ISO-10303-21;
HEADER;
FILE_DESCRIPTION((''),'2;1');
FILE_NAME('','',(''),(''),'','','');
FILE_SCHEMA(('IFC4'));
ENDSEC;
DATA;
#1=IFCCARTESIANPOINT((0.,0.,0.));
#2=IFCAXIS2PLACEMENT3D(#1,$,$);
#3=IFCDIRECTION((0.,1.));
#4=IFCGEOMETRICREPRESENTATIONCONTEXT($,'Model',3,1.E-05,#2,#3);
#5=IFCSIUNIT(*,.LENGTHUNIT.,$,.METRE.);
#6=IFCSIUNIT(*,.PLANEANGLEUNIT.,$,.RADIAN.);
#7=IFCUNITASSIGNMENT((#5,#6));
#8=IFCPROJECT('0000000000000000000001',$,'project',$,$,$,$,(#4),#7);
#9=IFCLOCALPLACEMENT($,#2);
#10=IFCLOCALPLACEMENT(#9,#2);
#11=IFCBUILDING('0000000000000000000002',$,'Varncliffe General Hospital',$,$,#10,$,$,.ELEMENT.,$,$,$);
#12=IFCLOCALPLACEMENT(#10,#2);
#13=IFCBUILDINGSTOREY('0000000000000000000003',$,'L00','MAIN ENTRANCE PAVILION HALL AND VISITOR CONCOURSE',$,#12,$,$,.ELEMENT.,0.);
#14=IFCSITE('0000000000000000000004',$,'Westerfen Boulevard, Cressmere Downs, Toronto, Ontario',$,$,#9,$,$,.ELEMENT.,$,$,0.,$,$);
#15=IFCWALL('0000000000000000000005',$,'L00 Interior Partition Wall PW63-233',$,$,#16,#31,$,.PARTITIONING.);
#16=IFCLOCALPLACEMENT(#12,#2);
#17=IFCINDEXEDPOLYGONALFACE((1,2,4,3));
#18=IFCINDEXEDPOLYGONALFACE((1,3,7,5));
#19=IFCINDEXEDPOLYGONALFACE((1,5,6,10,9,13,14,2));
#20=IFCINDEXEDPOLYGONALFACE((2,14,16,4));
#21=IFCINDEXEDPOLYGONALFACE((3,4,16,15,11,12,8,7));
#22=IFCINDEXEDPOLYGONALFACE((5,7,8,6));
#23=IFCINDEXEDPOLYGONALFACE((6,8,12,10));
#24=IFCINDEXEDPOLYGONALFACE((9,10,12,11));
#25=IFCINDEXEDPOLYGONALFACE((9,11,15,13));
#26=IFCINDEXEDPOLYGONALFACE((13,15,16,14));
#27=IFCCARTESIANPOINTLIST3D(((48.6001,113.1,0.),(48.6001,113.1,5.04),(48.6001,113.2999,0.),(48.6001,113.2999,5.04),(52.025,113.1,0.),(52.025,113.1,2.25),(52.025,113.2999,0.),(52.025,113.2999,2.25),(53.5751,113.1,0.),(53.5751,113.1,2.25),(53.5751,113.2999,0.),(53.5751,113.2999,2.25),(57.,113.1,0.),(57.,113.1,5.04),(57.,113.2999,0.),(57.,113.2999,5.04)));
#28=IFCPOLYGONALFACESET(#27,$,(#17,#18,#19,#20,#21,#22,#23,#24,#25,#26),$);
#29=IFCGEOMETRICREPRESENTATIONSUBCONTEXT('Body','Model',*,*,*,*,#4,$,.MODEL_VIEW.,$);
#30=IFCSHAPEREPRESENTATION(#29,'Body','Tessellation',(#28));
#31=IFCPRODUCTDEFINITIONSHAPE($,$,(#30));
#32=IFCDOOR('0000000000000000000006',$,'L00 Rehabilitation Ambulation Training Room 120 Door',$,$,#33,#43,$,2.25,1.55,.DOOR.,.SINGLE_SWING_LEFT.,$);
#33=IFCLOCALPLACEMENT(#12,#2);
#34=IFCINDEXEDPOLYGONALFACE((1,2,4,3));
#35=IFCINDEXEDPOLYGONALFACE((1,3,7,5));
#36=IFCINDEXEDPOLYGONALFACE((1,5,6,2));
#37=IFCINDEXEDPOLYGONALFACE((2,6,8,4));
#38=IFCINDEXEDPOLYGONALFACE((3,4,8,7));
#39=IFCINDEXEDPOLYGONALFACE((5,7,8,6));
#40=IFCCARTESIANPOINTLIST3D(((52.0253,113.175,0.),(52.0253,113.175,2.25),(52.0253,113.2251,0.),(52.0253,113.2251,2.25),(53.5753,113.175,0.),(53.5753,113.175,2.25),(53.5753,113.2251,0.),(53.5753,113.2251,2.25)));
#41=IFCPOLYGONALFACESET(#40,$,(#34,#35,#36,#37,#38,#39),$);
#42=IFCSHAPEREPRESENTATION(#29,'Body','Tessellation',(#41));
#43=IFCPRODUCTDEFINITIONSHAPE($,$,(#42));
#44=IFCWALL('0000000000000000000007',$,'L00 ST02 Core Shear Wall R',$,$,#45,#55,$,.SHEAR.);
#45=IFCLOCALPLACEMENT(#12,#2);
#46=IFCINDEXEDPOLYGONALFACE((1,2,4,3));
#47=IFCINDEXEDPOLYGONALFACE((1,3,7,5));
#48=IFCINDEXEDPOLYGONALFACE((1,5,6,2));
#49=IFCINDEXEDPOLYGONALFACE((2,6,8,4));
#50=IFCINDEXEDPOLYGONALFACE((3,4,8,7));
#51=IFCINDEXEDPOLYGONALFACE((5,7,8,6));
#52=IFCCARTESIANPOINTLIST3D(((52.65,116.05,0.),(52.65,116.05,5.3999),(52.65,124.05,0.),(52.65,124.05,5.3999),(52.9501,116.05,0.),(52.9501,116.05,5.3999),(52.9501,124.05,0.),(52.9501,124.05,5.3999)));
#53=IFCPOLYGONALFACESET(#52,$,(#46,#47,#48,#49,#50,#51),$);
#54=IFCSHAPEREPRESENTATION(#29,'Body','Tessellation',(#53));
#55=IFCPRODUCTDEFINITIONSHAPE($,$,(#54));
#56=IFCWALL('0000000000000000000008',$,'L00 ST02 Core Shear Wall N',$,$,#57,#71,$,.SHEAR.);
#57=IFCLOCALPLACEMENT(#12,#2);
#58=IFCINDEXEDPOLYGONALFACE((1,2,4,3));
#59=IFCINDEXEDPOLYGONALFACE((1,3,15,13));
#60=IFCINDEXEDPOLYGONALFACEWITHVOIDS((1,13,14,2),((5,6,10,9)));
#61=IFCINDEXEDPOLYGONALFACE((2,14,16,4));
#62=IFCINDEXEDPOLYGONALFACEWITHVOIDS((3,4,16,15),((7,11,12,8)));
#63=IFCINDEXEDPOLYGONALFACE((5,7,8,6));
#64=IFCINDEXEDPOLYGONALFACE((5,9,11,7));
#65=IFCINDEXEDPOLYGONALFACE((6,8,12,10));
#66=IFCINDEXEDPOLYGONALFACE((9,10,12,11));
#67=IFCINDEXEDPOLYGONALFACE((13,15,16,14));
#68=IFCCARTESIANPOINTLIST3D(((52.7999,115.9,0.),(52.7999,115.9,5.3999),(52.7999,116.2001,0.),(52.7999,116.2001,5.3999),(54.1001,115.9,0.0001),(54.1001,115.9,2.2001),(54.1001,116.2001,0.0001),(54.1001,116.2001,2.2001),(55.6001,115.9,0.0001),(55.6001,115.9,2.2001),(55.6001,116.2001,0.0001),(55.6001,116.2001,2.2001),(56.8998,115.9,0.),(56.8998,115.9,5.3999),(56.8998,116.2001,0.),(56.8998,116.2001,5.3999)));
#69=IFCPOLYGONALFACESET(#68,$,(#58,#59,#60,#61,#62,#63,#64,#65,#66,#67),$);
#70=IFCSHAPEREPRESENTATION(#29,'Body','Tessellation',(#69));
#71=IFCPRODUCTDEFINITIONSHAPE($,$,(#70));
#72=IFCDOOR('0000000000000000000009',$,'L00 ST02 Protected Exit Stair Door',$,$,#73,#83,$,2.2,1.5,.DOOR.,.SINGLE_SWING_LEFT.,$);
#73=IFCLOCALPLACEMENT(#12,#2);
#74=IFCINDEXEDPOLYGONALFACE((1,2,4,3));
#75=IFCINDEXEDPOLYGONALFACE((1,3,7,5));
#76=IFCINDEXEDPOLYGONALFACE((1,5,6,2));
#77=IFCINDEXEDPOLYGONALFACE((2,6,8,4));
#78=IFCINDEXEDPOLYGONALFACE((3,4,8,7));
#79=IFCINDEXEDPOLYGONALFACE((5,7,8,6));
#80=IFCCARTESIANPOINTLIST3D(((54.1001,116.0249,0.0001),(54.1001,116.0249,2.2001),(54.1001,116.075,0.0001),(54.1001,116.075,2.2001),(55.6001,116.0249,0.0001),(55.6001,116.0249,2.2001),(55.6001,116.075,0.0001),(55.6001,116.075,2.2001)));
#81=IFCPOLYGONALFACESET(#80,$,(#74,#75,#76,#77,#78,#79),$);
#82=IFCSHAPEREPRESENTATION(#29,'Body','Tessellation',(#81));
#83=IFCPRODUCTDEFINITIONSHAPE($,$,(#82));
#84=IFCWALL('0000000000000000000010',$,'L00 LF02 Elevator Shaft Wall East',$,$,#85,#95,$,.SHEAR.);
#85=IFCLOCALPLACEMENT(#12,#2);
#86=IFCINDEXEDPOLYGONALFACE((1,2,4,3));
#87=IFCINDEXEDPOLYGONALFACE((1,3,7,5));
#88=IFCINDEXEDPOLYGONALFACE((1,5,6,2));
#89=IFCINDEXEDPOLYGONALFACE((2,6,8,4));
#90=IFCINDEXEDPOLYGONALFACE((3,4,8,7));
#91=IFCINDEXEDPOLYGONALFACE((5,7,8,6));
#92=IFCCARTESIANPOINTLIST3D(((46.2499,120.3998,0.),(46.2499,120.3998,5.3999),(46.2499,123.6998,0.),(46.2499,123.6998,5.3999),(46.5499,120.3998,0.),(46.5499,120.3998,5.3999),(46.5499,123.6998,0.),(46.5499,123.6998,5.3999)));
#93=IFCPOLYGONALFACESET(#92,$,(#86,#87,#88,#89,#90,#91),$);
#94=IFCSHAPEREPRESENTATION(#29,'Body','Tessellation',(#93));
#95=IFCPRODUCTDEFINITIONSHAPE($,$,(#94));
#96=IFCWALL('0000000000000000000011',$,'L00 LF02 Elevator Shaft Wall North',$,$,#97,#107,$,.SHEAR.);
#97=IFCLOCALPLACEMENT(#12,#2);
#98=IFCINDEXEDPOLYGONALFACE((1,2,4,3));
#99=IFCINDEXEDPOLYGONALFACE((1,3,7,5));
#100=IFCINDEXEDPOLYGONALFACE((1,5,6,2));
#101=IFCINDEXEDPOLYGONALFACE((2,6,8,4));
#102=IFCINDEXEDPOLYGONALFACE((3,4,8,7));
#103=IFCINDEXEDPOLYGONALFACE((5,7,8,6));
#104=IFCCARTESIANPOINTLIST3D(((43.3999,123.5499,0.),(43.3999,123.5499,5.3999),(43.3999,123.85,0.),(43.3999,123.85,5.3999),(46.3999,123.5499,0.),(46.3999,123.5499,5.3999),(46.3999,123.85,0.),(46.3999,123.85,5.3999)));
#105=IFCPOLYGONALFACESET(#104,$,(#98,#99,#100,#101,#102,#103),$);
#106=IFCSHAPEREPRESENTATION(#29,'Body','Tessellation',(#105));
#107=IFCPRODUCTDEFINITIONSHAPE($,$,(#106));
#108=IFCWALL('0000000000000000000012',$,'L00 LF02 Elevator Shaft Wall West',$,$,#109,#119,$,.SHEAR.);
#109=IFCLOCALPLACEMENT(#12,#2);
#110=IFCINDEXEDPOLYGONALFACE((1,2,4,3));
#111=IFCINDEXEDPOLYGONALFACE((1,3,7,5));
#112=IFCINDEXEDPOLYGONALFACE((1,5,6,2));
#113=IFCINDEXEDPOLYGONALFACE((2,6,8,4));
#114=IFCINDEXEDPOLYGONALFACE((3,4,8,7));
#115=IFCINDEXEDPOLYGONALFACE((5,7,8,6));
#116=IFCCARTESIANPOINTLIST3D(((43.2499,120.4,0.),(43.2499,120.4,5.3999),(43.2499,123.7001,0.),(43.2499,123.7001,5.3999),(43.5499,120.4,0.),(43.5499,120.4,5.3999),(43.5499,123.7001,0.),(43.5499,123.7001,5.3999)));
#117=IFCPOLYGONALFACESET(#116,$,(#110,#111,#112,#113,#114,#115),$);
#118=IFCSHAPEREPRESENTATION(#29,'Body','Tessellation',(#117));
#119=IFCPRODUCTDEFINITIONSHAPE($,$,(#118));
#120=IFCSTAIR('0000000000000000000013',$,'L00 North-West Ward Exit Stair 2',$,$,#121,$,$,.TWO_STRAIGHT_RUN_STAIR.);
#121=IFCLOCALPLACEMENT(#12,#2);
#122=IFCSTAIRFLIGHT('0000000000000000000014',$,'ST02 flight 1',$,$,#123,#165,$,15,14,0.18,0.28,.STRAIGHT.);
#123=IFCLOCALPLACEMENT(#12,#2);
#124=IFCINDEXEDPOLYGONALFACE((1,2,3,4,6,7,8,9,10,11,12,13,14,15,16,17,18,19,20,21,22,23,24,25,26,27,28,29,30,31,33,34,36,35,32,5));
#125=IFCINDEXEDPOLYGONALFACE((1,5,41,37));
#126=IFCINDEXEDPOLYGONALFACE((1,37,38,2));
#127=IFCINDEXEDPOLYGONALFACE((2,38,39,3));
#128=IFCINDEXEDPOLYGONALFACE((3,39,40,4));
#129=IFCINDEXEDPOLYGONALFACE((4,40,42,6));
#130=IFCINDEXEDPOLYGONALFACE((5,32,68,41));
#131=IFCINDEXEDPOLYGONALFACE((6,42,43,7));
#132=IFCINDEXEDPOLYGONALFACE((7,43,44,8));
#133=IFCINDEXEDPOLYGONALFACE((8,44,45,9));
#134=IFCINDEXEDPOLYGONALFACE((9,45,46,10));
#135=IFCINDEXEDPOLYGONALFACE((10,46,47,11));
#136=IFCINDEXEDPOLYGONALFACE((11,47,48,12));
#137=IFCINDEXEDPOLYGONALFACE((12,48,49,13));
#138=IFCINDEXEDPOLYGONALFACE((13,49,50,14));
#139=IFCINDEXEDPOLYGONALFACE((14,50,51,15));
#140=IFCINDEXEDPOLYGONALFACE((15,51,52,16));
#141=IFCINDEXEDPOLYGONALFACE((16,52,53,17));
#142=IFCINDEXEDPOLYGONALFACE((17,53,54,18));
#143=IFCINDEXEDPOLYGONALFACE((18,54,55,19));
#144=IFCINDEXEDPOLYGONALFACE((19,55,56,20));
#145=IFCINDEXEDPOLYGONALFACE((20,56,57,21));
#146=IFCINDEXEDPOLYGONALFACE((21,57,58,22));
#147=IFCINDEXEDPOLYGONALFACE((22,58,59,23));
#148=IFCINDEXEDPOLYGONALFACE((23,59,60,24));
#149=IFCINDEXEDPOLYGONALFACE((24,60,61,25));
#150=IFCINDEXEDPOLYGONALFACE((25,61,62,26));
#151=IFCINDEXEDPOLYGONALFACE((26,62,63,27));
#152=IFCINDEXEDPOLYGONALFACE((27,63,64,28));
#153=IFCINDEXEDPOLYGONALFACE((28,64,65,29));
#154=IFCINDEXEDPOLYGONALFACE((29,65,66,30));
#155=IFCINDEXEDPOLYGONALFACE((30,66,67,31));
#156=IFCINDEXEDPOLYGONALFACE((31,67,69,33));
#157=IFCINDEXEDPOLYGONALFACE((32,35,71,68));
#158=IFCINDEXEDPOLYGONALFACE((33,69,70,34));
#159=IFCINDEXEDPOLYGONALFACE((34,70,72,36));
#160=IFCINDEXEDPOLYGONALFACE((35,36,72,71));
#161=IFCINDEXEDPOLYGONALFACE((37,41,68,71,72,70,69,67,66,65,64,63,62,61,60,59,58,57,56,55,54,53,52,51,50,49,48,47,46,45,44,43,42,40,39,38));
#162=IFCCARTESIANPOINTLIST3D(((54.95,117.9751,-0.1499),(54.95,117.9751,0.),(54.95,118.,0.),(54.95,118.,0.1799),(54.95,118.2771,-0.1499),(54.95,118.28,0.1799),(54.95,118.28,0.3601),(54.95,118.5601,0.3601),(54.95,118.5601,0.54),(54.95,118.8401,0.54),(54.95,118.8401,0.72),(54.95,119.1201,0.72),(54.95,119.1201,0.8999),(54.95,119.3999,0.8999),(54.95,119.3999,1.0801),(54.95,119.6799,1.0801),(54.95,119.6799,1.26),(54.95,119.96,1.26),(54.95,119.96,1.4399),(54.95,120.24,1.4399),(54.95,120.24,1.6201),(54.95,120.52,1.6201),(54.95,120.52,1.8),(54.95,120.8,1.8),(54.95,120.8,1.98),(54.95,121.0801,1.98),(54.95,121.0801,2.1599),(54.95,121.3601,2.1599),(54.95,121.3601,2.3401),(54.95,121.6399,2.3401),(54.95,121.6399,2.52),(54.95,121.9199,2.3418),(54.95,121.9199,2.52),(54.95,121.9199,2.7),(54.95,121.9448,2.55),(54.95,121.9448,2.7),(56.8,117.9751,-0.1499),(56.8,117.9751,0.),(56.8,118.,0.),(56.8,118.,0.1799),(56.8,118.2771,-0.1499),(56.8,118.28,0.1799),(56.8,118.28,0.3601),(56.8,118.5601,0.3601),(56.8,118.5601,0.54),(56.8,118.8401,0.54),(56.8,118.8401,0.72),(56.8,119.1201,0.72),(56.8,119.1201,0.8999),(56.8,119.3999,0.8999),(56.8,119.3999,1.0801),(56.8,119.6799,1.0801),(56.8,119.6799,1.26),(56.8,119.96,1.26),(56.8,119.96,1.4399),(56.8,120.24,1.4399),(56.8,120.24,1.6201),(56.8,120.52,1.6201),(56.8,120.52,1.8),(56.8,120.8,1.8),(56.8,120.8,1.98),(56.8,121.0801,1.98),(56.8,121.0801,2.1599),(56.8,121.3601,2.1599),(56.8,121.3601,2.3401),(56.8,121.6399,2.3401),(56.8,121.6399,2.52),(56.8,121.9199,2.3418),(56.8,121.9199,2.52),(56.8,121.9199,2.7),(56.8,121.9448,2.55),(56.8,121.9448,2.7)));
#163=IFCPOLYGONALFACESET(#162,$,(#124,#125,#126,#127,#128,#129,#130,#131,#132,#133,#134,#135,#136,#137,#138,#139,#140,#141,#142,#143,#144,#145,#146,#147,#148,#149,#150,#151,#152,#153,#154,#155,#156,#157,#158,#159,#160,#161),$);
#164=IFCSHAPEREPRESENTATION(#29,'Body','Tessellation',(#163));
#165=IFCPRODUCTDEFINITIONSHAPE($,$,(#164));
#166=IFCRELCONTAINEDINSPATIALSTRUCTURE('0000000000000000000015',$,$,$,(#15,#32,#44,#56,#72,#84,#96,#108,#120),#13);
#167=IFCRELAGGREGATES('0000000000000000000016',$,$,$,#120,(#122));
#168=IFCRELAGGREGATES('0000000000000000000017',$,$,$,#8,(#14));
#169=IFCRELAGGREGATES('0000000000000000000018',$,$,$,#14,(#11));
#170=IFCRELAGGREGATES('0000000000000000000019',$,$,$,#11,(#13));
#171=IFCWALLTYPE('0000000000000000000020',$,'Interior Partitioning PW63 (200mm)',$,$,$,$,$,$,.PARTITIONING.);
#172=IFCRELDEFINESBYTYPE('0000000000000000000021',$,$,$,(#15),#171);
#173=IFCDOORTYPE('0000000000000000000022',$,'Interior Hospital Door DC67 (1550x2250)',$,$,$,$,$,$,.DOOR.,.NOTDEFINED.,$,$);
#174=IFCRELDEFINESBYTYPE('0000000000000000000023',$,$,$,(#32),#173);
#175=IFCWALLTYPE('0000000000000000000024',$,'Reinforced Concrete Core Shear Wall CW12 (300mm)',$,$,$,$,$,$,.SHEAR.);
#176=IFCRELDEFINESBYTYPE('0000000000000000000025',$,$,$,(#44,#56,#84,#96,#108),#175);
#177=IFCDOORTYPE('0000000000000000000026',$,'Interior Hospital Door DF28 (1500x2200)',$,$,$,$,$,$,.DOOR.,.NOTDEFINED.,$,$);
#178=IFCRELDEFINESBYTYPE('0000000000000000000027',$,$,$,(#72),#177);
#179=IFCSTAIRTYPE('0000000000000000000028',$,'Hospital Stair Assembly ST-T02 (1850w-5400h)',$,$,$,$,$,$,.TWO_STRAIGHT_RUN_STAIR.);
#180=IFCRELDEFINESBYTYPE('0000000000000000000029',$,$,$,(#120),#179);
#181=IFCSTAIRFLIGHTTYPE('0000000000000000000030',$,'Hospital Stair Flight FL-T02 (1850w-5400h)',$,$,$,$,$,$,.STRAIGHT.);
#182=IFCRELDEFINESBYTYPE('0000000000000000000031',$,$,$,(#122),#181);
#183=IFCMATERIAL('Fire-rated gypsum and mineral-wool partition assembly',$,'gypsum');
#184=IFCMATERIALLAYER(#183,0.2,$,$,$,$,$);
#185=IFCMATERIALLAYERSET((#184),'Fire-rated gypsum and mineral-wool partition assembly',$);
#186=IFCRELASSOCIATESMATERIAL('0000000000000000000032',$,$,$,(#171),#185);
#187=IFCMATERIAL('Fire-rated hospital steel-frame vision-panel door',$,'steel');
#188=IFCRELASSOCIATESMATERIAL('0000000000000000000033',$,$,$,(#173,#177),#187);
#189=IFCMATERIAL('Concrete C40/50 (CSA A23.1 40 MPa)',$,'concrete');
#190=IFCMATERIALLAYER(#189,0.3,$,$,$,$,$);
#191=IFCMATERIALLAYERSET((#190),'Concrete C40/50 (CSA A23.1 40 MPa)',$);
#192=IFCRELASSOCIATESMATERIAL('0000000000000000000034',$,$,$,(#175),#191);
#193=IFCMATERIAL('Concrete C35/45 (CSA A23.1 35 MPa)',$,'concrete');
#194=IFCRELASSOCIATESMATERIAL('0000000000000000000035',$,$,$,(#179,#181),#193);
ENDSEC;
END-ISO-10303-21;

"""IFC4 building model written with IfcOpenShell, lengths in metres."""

from ifc_helpers import new_model, si_unit, direction, frame, frame_2d, origin, place, context, subcontext, project, spatial, polyline, rectangle, outline, extrude, material, layer, layer_set, type_object, element, fill, aggregate, save


model = new_model("IFC4")

# Units and contexts
model_context = context("Model", 3, precision=1e-05, world=origin(), true_north=direction((0.0, 1.0)))
body_context = subcontext(model_context, "Body", "Model", "MODEL_VIEW")
ifc_project = project(units=[si_unit("LENGTHUNIT", "METRE"), si_unit("PLANEANGLEUNIT", "RADIAN")], contexts=[model_context])

# Site, building, storey
site_placement = place(None, origin())
site = spatial("IfcSite", under=ifc_project, at=site_placement, Name="Westerfen Boulevard, Cressmere Downs, Toronto, Ontario", CompositionType="ELEMENT", RefElevation=0.0)
building_placement = place(site_placement, origin())
building = spatial("IfcBuilding", under=site, at=building_placement, Name="Varncliffe General Hospital", CompositionType="ELEMENT")
storey_placement = place(building_placement, origin())
storey = spatial("IfcBuildingStorey", under=building, at=storey_placement, Name="L00", Description="MAIN ENTRANCE PAVILION HALL AND VISITOR CONCOURSE", CompositionType="ELEMENT", Elevation=0.0)

# Shared definitions
ifc_material_1 = material(Name="Concrete C40/50 (CSA A23.1 40 MPa)", Category="concrete")

# Shared definitions
ifc_material_2 = material(Name="Concrete C35/45 (CSA A23.1 35 MPa)", Category="concrete")

# Shared definitions
ifc_material_3 = material(Name="Fire-rated gypsum and mineral-wool partition assembly", Category="gypsum")

# Wall, opening, door
ifc_layer_1 = layer(ifc_material_3, 0.2)
ifc_layer_set_1 = layer_set([ifc_layer_1], Name="Fire-rated gypsum and mineral-wool partition assembly")
wall_type_1 = type_object("IfcWallType", Name="Interior Partitioning PW63 (200mm)", PredefinedType="PARTITIONING", material=ifc_layer_set_1)
wall_1_placement = place(storey_placement, frame((48.6001, 113.2, 0.0), z_axis=(0.0, 0.0, 1.0), x_axis=(1.0, 0.0, 0.0)))
wall_1 = element("IfcWall", 1, at=wall_1_placement, inside=storey, type_object=wall_type_1, Name="L00 Interior Partition Wall PW63-233", PredefinedType="PARTITIONING", context=body_context, shape_type="SweptSolid", body=[
    extrude(rectangle(XDim=8.3999, YDim=0.2, at=frame_2d((4.2, 0.0))), origin(), (0.0, 0.0, 1.0), 5.04),
])
opening_1_placement = place(wall_1_placement, frame((3.425, 0.0, 0.0)))
opening_1 = element("IfcOpeningElement", 2, at=opening_1_placement, cuts=wall_1, PredefinedType="OPENING", context=body_context, shape_type="SweptSolid", body=[
    extrude(rectangle(XDim=1.55, YDim=2.25, at=frame_2d((0.7749, 1.125))), frame((0.0, 0.1099, 0.0), z_axis=(0.0, -1.0, 0.0), x_axis=(1.0, 0.0, 0.0)), (0.0, 0.0, 1.0), 0.22),
])
ifc_material_4 = material(Name="Fire-rated hospital steel-frame vision-panel door", Category="steel")
door_type_1 = type_object("IfcDoorType", Name="Interior Hospital Door DC67 (1550x2250)", OperationType="NOTDEFINED", PredefinedType="DOOR", material=ifc_material_4)
door_1_placement = place(opening_1_placement, frame((1.55, 0.0, 0.0), z_axis=(0.0, 0.0, 1.0), x_axis=(-1.0, 0.0, 0.0)))
door_1 = element("IfcDoor", 3, at=door_1_placement, inside=storey, type_object=door_type_1, Name="L00 Rehabilitation Ambulation Training Room 120 Door", OperationType="SINGLE_SWING_LEFT", OverallHeight=2.25, OverallWidth=1.55, PredefinedType="DOOR", context=body_context, shape_type="SweptSolid", body=[
    extrude(rectangle(XDim=1.55, YDim=2.25, at=frame_2d((0.7749, 1.125))), frame((0.0, 0.0249, 0.0), z_axis=(0.0, -1.0, 0.0), x_axis=(1.0, 0.0, 0.0)), (0.0, 0.0, 1.0), 0.05),
])
fill(opening_1, door_1)

# Wall
ifc_layer_2 = layer(ifc_material_1, 0.3)
ifc_layer_set_2 = layer_set([ifc_layer_2], Name="Concrete C40/50 (CSA A23.1 40 MPa)")
wall_type_2 = type_object("IfcWallType", Name="Reinforced Concrete Core Shear Wall CW12 (300mm)", PredefinedType="SHEAR", material=ifc_layer_set_2)
wall_2_placement = place(storey_placement, frame((52.8, 124.05, 0.0), z_axis=(0.0, 0.0, 1.0), x_axis=(0.0, -1.0, 0.0)))
element("IfcWall", 4, at=wall_2_placement, inside=storey, type_object=wall_type_2, Name="L00 ST02 Core Shear Wall R", PredefinedType="SHEAR", context=body_context, shape_type="SweptSolid", body=[
    extrude(rectangle(XDim=8.0, YDim=0.3, at=frame_2d((4.0, 0.0))), origin(), (0.0, 0.0, 1.0), 5.3999),
])

# Wall, opening, door
wall_3_placement = place(storey_placement, frame((52.8, 116.05, 0.0), z_axis=(0.0, 0.0, 1.0), x_axis=(1.0, 0.0, 0.0)))
wall_3 = element("IfcWall", 5, at=wall_3_placement, inside=storey, type_object=wall_type_2, Name="L00 ST02 Core Shear Wall N", PredefinedType="SHEAR", context=body_context, shape_type="SweptSolid", body=[
    extrude(rectangle(XDim=4.0999, YDim=0.3, at=frame_2d((2.0498, 0.0))), origin(), (0.0, 0.0, 1.0), 5.3999),
])
opening_2_placement = place(wall_3_placement, frame((1.3, 0.0, 0.0)))
opening_2 = element("IfcOpeningElement", 6, at=opening_2_placement, cuts=wall_3, PredefinedType="OPENING", context=body_context, shape_type="SweptSolid", body=[
    extrude(rectangle(XDim=1.5, YDim=2.2, at=frame_2d((0.75, 1.1001))), frame((0.0, 0.1602, 0.0), z_axis=(0.0, -1.0, 0.0), x_axis=(1.0, 0.0, 0.0)), (0.0, 0.0, 1.0), 0.3201),
])
door_type_2 = type_object("IfcDoorType", Name="Interior Hospital Door DF28 (1500x2200)", OperationType="NOTDEFINED", PredefinedType="DOOR", material=ifc_material_4)
door_2_placement = place(opening_2_placement, origin())
door_2 = element("IfcDoor", 7, at=door_2_placement, inside=storey, type_object=door_type_2, Name="L00 ST02 Protected Exit Stair Door", OperationType="SINGLE_SWING_LEFT", OverallHeight=2.2, OverallWidth=1.5, PredefinedType="DOOR", context=body_context, shape_type="SweptSolid", body=[
    extrude(rectangle(XDim=1.5, YDim=2.2, at=frame_2d((0.75, 1.1001))), frame((0.0, 0.0249, 0.0), z_axis=(0.0, -1.0, 0.0), x_axis=(1.0, 0.0, 0.0)), (0.0, 0.0, 1.0), 0.05),
])
fill(opening_2, door_2)

# Walls
wall_4_placement = place(storey_placement, frame((46.3999, 120.3999, 0.0), z_axis=(0.0, 0.0, 1.0), x_axis=(0.0, 1.0, 0.0)))
element("IfcWall", 8, at=wall_4_placement, inside=storey, type_object=wall_type_2, Name="L00 LF02 Elevator Shaft Wall East", PredefinedType="SHEAR", context=body_context, shape_type="SweptSolid", body=[
    extrude(rectangle(XDim=3.3, YDim=0.3, at=frame_2d((1.6499, 0.0))), origin(), (0.0, 0.0, 1.0), 5.3999),
])
wall_5_placement = place(storey_placement, frame((46.3999, 123.7, 0.0), z_axis=(0.0, 0.0, 1.0), x_axis=(-1.0, 0.0, 0.0)))
element("IfcWall", 9, at=wall_5_placement, inside=storey, type_object=wall_type_2, Name="L00 LF02 Elevator Shaft Wall North", PredefinedType="SHEAR", context=body_context, shape_type="SweptSolid", body=[
    extrude(rectangle(XDim=3.0, YDim=0.3, at=frame_2d((1.5, 0.0))), origin(), (0.0, 0.0, 1.0), 5.3999),
])
wall_6_placement = place(storey_placement, frame((43.3999, 123.7, 0.0), z_axis=(0.0, 0.0, 1.0), x_axis=(0.0, -1.0, 0.0)))
element("IfcWall", 10, at=wall_6_placement, inside=storey, type_object=wall_type_2, Name="L00 LF02 Elevator Shaft Wall West", PredefinedType="SHEAR", context=body_context, shape_type="SweptSolid", body=[
    extrude(rectangle(XDim=3.3, YDim=0.3, at=frame_2d((1.6499, 0.0))), origin(), (0.0, 0.0, 1.0), 5.3999),
])

# Stair, stair flight
stair_type = type_object("IfcStairType", Name="Hospital Stair Assembly ST-T02 (1850w-5400h)", PredefinedType="TWO_STRAIGHT_RUN_STAIR", material=ifc_material_2)
stair_placement = place(storey_placement, origin())
stair = element("IfcStair", 11, at=stair_placement, inside=storey, type_object=stair_type, Name="L00 North-West Ward Exit Stair 2", PredefinedType="TWO_STRAIGHT_RUN_STAIR")
stair_flight_type = type_object("IfcStairFlightType", Name="Hospital Stair Flight FL-T02 (1850w-5400h)", PredefinedType="STRAIGHT", material=ifc_material_2)
stair_flight_1_placement = place(storey_placement, frame((55.875, 118.0, 0.0), z_axis=(0.0, 0.0, 1.0), x_axis=(0.0, 1.0, 0.0)))
stair_flight_1 = element("IfcStairFlight", 12, at=stair_flight_1_placement, type_object=stair_flight_type, Name="ST02 flight 1", NumberOfRisers=15, NumberOfTreads=14, PredefinedType="STRAIGHT", RiserHeight=0.18, TreadLength=0.28, context=body_context, shape_type="SweptSolid", body=[
    extrude(outline(polyline([(-0.0249, -0.1499), (-0.0249, 0.0), (0.0, 0.0), (0.0, 0.1799), (0.28, 0.1799), (0.28, 0.3601), (0.5601, 0.3601), (0.5601, 0.54), (0.8401, 0.54), (0.8401, 0.72), (1.1201, 0.72), (1.1201, 0.8999), (1.3999, 0.8999), (1.3999, 1.0801), (1.6799, 1.0801), (1.6799, 1.26), (1.96, 1.26), (1.96, 1.4399), (2.24, 1.4399), (2.24, 1.6201), (2.52, 1.6201), (2.52, 1.8), (2.8, 1.8), (2.8, 1.98), (3.0801, 1.98), (3.0801, 2.1599), (3.3601, 2.1599), (3.3601, 2.3401), (3.6399, 2.3401), (3.6399, 2.52), (3.9199, 2.52), (3.9199, 2.7), (3.9448, 2.7), (3.9448, 2.55), (3.9199, 2.3418), (0.2771, -0.1499), (-0.0249, -0.1499)])), frame((0.0, 0.925, 0.0), z_axis=(0.0, -1.0, 0.0), x_axis=(1.0, 0.0, 0.0)), (0.0, 0.0, 1.0), 1.8501),
])
aggregate(stair, [stair_flight_1])

save(model, "model.ifc")
